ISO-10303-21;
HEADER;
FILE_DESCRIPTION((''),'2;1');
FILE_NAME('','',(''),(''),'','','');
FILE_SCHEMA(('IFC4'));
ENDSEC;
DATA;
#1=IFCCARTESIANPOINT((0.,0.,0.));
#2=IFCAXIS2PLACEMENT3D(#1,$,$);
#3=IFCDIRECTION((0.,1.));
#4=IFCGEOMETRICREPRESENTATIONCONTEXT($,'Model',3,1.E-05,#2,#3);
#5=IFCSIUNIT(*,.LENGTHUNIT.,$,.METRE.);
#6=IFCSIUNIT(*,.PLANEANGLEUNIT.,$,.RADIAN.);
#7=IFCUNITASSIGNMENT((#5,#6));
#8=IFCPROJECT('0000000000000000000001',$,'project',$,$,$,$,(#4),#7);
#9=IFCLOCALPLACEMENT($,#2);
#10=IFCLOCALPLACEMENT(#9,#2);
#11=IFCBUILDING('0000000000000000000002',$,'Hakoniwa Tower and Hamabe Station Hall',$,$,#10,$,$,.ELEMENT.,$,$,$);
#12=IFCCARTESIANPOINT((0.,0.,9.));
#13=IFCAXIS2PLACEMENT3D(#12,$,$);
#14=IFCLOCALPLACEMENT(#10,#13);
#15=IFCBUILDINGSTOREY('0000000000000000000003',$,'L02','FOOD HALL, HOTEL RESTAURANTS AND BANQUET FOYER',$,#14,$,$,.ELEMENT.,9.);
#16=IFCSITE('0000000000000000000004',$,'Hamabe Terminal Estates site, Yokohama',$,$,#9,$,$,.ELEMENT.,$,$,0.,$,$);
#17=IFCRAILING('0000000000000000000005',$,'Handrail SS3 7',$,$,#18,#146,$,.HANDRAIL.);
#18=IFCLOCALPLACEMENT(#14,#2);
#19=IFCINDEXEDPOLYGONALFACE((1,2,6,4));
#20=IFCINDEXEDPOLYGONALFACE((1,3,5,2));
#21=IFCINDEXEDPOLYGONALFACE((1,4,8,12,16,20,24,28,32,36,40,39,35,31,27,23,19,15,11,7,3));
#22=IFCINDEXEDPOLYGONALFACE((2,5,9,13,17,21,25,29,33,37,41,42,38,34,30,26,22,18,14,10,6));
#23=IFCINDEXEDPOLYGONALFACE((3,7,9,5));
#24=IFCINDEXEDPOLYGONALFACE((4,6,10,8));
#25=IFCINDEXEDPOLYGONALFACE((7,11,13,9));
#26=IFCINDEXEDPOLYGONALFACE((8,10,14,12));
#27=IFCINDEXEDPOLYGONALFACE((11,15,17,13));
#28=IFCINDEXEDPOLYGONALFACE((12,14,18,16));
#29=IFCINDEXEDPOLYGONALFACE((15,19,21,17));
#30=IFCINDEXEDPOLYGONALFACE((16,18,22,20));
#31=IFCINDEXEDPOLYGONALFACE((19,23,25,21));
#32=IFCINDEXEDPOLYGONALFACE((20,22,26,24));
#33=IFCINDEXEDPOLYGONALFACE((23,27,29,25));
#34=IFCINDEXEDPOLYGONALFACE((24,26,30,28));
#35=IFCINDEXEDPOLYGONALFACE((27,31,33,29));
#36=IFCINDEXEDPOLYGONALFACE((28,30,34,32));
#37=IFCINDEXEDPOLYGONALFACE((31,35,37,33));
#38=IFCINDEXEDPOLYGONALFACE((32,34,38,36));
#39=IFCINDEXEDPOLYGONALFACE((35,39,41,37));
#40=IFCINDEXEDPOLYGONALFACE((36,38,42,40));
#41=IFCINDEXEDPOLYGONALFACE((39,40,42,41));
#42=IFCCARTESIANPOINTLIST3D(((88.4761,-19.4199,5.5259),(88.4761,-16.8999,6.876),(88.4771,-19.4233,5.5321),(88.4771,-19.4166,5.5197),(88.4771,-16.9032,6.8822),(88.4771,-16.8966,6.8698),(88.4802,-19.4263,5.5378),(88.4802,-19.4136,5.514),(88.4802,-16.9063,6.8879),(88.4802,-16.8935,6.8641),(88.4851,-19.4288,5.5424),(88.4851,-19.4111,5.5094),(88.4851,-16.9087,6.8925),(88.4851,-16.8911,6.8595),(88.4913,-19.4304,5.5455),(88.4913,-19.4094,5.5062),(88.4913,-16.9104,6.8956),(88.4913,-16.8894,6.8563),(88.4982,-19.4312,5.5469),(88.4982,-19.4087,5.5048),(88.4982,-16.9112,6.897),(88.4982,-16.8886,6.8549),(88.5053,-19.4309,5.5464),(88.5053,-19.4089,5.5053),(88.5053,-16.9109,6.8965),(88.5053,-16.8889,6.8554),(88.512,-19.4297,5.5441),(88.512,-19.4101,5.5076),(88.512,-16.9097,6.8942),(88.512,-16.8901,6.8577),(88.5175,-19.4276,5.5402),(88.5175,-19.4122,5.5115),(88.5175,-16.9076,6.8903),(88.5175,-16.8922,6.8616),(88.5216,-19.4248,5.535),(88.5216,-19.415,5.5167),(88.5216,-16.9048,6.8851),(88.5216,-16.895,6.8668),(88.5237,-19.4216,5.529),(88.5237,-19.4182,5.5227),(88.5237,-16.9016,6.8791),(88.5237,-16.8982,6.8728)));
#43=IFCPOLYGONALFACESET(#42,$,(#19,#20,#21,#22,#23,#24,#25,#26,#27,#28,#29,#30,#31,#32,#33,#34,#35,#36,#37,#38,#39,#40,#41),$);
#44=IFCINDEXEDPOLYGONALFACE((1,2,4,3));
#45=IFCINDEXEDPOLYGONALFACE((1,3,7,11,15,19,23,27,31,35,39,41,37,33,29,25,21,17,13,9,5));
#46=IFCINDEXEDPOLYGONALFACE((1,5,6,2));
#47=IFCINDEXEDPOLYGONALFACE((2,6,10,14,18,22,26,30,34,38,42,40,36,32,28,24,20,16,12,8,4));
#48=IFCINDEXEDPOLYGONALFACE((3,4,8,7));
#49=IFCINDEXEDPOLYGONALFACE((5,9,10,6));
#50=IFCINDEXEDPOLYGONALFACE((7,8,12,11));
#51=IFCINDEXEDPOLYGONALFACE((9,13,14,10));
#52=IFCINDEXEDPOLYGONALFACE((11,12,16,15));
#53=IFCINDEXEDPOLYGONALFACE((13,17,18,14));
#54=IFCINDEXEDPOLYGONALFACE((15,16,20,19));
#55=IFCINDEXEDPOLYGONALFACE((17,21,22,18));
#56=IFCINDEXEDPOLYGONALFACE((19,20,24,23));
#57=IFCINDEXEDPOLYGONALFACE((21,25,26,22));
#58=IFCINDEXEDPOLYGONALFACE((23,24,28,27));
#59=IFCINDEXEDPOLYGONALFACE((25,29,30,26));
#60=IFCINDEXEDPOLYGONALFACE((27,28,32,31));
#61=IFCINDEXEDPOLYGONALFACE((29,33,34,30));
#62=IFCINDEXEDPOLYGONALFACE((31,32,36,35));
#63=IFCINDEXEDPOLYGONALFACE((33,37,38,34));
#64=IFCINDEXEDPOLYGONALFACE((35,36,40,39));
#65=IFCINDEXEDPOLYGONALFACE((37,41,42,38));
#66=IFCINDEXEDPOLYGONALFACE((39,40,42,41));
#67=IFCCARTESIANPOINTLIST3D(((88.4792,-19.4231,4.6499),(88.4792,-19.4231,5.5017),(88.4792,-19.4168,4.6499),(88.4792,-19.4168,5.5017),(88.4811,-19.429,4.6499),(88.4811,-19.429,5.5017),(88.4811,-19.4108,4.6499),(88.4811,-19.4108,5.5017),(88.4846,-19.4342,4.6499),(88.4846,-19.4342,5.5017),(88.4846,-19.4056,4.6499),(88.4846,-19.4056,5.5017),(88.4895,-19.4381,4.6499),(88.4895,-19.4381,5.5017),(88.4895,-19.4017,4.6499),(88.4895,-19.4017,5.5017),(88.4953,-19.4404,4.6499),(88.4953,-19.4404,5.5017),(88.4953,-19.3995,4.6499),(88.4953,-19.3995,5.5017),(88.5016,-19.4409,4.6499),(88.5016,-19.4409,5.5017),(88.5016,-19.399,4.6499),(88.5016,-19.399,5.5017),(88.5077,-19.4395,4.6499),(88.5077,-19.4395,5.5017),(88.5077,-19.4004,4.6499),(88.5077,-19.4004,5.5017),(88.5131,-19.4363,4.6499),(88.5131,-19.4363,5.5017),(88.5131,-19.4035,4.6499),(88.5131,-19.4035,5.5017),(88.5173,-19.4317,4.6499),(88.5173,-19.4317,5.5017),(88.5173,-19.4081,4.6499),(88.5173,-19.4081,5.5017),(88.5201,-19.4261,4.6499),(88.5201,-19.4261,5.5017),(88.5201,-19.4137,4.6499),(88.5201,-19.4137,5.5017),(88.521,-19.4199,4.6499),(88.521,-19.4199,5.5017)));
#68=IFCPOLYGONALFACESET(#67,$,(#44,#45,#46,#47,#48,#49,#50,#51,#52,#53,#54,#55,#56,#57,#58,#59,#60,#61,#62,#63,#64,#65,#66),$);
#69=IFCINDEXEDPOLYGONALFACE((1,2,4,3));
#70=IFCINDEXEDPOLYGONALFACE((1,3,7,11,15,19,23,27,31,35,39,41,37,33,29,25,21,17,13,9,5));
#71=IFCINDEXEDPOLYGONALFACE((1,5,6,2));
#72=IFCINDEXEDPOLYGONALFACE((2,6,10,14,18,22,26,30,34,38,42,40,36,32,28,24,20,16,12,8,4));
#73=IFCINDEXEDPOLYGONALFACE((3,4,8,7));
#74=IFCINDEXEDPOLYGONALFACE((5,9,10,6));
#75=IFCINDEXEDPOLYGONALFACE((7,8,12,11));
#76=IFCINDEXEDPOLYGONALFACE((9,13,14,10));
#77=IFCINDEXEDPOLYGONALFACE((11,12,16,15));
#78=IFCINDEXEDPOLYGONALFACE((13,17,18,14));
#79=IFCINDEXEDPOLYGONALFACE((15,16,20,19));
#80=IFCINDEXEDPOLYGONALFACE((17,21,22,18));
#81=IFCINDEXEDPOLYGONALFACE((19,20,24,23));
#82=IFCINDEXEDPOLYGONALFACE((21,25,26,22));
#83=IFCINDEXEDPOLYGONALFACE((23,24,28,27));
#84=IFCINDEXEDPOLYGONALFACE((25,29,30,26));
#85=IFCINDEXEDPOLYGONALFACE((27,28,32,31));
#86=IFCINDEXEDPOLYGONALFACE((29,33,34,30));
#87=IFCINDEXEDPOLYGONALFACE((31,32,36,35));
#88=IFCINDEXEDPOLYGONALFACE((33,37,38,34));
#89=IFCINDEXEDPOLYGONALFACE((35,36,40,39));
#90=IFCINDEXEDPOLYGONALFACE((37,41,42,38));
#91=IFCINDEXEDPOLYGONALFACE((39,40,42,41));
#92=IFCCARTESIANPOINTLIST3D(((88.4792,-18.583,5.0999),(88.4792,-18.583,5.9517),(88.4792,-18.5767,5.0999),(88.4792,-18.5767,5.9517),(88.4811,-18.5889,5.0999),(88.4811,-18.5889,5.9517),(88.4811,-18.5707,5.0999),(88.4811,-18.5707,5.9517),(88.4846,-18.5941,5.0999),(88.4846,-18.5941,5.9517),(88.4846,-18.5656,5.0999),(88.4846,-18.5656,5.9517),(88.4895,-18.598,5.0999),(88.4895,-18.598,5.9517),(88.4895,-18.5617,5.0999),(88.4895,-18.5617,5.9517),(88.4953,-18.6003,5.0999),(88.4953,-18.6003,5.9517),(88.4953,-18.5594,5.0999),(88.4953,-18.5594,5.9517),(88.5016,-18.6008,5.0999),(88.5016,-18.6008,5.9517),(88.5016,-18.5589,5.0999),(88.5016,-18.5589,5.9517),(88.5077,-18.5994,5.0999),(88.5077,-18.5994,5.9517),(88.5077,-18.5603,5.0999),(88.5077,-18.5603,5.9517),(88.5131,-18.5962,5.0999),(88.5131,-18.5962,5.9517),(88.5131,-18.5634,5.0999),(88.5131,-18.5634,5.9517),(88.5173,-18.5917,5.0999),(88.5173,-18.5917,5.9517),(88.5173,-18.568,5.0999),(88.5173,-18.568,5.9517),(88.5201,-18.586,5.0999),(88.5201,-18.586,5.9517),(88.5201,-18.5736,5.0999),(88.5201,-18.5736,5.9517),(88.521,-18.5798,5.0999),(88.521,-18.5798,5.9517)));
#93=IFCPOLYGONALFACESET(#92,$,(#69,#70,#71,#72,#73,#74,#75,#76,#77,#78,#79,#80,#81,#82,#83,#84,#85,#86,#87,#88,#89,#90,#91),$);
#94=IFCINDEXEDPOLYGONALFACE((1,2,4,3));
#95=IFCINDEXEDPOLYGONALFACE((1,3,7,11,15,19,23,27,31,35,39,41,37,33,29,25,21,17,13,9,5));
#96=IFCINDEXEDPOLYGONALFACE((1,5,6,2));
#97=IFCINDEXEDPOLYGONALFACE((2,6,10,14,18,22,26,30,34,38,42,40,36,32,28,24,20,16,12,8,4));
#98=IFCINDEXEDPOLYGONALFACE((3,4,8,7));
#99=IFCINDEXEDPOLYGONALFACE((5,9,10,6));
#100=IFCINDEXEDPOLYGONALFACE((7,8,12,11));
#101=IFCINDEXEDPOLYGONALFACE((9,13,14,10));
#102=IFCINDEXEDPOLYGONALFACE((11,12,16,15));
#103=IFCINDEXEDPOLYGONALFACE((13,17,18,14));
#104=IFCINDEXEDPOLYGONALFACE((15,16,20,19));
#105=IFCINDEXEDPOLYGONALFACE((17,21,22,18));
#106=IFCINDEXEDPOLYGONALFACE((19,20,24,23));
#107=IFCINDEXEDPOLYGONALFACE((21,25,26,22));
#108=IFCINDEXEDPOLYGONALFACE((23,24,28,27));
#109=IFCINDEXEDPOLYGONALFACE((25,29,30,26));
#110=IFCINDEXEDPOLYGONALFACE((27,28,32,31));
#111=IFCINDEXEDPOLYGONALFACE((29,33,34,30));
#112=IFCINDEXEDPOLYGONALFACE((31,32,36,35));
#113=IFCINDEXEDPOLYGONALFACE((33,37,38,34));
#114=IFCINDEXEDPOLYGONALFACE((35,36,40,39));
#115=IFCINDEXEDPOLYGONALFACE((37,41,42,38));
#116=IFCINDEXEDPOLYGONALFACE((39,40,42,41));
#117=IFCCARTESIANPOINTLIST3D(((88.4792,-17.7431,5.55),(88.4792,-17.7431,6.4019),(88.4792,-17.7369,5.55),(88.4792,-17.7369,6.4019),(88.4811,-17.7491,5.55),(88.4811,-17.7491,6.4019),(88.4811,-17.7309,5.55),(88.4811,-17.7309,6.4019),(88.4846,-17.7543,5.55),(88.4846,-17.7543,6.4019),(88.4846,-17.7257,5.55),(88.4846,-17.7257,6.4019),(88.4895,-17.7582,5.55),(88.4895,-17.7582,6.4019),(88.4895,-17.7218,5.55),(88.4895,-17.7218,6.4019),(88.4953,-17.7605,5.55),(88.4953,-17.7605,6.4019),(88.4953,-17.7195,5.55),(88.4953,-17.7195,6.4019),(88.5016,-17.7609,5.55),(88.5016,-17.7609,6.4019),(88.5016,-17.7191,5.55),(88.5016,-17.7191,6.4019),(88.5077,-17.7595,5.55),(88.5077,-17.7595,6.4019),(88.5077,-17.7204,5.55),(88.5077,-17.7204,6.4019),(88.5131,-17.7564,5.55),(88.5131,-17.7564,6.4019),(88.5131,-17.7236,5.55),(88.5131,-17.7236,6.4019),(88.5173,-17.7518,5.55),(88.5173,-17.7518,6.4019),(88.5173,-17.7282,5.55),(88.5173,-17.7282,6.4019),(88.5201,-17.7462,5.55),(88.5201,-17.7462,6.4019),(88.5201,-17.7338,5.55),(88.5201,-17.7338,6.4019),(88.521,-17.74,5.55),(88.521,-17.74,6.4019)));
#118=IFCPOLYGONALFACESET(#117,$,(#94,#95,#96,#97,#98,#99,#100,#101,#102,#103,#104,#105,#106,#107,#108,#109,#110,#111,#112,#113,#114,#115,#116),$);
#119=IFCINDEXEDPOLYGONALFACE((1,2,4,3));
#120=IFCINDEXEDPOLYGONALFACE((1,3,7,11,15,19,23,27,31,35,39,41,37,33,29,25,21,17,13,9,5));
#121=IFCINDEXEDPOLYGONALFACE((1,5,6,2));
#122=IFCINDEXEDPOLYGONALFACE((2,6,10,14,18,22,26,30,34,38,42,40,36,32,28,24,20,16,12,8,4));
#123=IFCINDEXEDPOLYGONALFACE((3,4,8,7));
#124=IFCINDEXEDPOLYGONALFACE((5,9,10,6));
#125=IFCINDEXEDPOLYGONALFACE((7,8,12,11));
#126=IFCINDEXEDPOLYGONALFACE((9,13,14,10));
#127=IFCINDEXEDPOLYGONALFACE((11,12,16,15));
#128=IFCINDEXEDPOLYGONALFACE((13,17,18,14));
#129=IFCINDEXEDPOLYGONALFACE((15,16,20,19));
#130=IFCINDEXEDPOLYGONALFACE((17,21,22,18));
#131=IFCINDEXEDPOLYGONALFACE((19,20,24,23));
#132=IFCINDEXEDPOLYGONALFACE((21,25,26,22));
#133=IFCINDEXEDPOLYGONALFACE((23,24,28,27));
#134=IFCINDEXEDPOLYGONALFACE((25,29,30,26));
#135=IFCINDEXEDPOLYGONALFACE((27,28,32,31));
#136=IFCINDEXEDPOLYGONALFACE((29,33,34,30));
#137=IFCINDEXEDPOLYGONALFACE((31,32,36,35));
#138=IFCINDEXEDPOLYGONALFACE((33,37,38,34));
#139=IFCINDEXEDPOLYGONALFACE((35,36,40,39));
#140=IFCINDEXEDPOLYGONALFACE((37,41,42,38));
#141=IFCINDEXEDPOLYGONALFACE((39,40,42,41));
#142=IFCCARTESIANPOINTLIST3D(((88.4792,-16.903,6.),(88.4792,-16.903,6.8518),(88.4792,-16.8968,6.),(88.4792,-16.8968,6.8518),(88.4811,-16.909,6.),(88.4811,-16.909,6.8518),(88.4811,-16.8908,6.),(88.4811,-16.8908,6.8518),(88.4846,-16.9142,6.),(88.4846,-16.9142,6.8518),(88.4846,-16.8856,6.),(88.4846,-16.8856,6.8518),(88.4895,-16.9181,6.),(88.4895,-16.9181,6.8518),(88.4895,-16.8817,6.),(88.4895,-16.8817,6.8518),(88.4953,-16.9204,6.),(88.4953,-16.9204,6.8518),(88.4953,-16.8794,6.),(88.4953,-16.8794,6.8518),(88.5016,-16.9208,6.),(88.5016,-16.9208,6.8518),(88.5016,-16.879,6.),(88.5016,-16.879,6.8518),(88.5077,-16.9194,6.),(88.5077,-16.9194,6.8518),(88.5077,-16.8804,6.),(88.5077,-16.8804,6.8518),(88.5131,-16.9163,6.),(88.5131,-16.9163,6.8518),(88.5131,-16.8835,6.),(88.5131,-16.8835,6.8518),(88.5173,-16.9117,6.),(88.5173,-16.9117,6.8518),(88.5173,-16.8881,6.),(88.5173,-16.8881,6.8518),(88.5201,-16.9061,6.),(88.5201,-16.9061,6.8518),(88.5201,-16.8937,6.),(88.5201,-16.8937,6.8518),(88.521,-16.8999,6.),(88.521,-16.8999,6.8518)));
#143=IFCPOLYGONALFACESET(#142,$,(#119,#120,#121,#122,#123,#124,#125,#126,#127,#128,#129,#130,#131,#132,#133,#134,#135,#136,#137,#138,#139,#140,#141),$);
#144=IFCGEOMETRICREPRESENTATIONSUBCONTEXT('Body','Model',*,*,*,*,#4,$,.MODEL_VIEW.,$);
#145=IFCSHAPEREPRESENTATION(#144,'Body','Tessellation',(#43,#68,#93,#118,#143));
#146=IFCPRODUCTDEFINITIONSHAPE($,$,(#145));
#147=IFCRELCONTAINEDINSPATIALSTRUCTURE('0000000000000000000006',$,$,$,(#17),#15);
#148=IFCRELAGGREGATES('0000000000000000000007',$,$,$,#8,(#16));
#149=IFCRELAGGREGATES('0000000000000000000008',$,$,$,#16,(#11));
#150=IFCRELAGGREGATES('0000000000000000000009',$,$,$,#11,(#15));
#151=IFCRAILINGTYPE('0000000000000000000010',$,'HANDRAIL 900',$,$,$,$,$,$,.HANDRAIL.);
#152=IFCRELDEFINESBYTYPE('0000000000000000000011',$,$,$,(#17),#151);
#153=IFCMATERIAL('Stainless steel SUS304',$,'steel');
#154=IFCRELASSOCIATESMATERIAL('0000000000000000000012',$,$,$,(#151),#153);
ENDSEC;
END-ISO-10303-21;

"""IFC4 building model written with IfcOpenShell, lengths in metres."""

from ifc_helpers import new_model, si_unit, direction, frame, origin, origin_2d, place, context, subcontext, project, spatial, circle, extrude, material, type_object, element, save


model = new_model("IFC4")

# Units and contexts
model_context = context("Model", 3, precision=1e-05, world=origin(), true_north=direction((0.0, 1.0)))
body_context = subcontext(model_context, "Body", "Model", "MODEL_VIEW")
ifc_project = project(units=[si_unit("LENGTHUNIT", "METRE"), si_unit("PLANEANGLEUNIT", "RADIAN")], contexts=[model_context])

# Site, building, storey
site_placement = place(None, origin())
site = spatial("IfcSite", under=ifc_project, at=site_placement, Name="Hamabe Terminal Estates site, Yokohama", CompositionType="ELEMENT", RefElevation=0.0)
building_placement = place(site_placement, origin())
building = spatial("IfcBuilding", under=site, at=building_placement, Name="Hakoniwa Tower and Hamabe Station Hall", CompositionType="ELEMENT")
storey_placement = place(building_placement, frame((0.0, 0.0, 9.0)))
storey = spatial("IfcBuildingStorey", under=building, at=storey_placement, Name="L02", Description="FOOD HALL, HOTEL RESTAURANTS AND BANQUET FOYER", CompositionType="ELEMENT", Elevation=9.0)

# Railing
ifc_material_1 = material(Name="Stainless steel SUS304", Category="steel")
railing_type_1 = type_object("IfcRailingType", Name="HANDRAIL 900", PredefinedType="HANDRAIL", material=ifc_material_1)
for number, where, name in (
    (1, (88.5, -19.4199, 4.6499), "Handrail SS3 7"),
):
    element("IfcRailing", number, at=place(storey_placement, frame(where)), inside=storey, type_object=railing_type_1, Name=name, PredefinedType="HANDRAIL", context=body_context, shape_type="SweptSolid", body=[
        extrude(circle(Radius=0.0239, at=origin_2d()), frame((0.0, 0.0, 0.876), z_axis=(0.0, 0.881467, 0.472245), x_axis=(-1.0, 0.0, 0.0)), (0.0, 0.0, 1.0), 2.8589),
        extrude(circle(Radius=0.021, at=origin_2d()), origin(), (0.0, 0.0, 1.0), 0.8518),
        extrude(circle(Radius=0.021, at=origin_2d()), frame((0.0, 0.8401, 0.45)), (0.0, 0.0, 1.0), 0.8518),
        extrude(circle(Radius=0.021, at=origin_2d()), frame((0.0, 1.6799, 0.9001)), (0.0, 0.0, 1.0), 0.8518),
        extrude(circle(Radius=0.021, at=origin_2d()), frame((0.0, 2.52, 1.3501)), (0.0, 0.0, 1.0), 0.8518),
    ])

save(model, "model.ifc")
